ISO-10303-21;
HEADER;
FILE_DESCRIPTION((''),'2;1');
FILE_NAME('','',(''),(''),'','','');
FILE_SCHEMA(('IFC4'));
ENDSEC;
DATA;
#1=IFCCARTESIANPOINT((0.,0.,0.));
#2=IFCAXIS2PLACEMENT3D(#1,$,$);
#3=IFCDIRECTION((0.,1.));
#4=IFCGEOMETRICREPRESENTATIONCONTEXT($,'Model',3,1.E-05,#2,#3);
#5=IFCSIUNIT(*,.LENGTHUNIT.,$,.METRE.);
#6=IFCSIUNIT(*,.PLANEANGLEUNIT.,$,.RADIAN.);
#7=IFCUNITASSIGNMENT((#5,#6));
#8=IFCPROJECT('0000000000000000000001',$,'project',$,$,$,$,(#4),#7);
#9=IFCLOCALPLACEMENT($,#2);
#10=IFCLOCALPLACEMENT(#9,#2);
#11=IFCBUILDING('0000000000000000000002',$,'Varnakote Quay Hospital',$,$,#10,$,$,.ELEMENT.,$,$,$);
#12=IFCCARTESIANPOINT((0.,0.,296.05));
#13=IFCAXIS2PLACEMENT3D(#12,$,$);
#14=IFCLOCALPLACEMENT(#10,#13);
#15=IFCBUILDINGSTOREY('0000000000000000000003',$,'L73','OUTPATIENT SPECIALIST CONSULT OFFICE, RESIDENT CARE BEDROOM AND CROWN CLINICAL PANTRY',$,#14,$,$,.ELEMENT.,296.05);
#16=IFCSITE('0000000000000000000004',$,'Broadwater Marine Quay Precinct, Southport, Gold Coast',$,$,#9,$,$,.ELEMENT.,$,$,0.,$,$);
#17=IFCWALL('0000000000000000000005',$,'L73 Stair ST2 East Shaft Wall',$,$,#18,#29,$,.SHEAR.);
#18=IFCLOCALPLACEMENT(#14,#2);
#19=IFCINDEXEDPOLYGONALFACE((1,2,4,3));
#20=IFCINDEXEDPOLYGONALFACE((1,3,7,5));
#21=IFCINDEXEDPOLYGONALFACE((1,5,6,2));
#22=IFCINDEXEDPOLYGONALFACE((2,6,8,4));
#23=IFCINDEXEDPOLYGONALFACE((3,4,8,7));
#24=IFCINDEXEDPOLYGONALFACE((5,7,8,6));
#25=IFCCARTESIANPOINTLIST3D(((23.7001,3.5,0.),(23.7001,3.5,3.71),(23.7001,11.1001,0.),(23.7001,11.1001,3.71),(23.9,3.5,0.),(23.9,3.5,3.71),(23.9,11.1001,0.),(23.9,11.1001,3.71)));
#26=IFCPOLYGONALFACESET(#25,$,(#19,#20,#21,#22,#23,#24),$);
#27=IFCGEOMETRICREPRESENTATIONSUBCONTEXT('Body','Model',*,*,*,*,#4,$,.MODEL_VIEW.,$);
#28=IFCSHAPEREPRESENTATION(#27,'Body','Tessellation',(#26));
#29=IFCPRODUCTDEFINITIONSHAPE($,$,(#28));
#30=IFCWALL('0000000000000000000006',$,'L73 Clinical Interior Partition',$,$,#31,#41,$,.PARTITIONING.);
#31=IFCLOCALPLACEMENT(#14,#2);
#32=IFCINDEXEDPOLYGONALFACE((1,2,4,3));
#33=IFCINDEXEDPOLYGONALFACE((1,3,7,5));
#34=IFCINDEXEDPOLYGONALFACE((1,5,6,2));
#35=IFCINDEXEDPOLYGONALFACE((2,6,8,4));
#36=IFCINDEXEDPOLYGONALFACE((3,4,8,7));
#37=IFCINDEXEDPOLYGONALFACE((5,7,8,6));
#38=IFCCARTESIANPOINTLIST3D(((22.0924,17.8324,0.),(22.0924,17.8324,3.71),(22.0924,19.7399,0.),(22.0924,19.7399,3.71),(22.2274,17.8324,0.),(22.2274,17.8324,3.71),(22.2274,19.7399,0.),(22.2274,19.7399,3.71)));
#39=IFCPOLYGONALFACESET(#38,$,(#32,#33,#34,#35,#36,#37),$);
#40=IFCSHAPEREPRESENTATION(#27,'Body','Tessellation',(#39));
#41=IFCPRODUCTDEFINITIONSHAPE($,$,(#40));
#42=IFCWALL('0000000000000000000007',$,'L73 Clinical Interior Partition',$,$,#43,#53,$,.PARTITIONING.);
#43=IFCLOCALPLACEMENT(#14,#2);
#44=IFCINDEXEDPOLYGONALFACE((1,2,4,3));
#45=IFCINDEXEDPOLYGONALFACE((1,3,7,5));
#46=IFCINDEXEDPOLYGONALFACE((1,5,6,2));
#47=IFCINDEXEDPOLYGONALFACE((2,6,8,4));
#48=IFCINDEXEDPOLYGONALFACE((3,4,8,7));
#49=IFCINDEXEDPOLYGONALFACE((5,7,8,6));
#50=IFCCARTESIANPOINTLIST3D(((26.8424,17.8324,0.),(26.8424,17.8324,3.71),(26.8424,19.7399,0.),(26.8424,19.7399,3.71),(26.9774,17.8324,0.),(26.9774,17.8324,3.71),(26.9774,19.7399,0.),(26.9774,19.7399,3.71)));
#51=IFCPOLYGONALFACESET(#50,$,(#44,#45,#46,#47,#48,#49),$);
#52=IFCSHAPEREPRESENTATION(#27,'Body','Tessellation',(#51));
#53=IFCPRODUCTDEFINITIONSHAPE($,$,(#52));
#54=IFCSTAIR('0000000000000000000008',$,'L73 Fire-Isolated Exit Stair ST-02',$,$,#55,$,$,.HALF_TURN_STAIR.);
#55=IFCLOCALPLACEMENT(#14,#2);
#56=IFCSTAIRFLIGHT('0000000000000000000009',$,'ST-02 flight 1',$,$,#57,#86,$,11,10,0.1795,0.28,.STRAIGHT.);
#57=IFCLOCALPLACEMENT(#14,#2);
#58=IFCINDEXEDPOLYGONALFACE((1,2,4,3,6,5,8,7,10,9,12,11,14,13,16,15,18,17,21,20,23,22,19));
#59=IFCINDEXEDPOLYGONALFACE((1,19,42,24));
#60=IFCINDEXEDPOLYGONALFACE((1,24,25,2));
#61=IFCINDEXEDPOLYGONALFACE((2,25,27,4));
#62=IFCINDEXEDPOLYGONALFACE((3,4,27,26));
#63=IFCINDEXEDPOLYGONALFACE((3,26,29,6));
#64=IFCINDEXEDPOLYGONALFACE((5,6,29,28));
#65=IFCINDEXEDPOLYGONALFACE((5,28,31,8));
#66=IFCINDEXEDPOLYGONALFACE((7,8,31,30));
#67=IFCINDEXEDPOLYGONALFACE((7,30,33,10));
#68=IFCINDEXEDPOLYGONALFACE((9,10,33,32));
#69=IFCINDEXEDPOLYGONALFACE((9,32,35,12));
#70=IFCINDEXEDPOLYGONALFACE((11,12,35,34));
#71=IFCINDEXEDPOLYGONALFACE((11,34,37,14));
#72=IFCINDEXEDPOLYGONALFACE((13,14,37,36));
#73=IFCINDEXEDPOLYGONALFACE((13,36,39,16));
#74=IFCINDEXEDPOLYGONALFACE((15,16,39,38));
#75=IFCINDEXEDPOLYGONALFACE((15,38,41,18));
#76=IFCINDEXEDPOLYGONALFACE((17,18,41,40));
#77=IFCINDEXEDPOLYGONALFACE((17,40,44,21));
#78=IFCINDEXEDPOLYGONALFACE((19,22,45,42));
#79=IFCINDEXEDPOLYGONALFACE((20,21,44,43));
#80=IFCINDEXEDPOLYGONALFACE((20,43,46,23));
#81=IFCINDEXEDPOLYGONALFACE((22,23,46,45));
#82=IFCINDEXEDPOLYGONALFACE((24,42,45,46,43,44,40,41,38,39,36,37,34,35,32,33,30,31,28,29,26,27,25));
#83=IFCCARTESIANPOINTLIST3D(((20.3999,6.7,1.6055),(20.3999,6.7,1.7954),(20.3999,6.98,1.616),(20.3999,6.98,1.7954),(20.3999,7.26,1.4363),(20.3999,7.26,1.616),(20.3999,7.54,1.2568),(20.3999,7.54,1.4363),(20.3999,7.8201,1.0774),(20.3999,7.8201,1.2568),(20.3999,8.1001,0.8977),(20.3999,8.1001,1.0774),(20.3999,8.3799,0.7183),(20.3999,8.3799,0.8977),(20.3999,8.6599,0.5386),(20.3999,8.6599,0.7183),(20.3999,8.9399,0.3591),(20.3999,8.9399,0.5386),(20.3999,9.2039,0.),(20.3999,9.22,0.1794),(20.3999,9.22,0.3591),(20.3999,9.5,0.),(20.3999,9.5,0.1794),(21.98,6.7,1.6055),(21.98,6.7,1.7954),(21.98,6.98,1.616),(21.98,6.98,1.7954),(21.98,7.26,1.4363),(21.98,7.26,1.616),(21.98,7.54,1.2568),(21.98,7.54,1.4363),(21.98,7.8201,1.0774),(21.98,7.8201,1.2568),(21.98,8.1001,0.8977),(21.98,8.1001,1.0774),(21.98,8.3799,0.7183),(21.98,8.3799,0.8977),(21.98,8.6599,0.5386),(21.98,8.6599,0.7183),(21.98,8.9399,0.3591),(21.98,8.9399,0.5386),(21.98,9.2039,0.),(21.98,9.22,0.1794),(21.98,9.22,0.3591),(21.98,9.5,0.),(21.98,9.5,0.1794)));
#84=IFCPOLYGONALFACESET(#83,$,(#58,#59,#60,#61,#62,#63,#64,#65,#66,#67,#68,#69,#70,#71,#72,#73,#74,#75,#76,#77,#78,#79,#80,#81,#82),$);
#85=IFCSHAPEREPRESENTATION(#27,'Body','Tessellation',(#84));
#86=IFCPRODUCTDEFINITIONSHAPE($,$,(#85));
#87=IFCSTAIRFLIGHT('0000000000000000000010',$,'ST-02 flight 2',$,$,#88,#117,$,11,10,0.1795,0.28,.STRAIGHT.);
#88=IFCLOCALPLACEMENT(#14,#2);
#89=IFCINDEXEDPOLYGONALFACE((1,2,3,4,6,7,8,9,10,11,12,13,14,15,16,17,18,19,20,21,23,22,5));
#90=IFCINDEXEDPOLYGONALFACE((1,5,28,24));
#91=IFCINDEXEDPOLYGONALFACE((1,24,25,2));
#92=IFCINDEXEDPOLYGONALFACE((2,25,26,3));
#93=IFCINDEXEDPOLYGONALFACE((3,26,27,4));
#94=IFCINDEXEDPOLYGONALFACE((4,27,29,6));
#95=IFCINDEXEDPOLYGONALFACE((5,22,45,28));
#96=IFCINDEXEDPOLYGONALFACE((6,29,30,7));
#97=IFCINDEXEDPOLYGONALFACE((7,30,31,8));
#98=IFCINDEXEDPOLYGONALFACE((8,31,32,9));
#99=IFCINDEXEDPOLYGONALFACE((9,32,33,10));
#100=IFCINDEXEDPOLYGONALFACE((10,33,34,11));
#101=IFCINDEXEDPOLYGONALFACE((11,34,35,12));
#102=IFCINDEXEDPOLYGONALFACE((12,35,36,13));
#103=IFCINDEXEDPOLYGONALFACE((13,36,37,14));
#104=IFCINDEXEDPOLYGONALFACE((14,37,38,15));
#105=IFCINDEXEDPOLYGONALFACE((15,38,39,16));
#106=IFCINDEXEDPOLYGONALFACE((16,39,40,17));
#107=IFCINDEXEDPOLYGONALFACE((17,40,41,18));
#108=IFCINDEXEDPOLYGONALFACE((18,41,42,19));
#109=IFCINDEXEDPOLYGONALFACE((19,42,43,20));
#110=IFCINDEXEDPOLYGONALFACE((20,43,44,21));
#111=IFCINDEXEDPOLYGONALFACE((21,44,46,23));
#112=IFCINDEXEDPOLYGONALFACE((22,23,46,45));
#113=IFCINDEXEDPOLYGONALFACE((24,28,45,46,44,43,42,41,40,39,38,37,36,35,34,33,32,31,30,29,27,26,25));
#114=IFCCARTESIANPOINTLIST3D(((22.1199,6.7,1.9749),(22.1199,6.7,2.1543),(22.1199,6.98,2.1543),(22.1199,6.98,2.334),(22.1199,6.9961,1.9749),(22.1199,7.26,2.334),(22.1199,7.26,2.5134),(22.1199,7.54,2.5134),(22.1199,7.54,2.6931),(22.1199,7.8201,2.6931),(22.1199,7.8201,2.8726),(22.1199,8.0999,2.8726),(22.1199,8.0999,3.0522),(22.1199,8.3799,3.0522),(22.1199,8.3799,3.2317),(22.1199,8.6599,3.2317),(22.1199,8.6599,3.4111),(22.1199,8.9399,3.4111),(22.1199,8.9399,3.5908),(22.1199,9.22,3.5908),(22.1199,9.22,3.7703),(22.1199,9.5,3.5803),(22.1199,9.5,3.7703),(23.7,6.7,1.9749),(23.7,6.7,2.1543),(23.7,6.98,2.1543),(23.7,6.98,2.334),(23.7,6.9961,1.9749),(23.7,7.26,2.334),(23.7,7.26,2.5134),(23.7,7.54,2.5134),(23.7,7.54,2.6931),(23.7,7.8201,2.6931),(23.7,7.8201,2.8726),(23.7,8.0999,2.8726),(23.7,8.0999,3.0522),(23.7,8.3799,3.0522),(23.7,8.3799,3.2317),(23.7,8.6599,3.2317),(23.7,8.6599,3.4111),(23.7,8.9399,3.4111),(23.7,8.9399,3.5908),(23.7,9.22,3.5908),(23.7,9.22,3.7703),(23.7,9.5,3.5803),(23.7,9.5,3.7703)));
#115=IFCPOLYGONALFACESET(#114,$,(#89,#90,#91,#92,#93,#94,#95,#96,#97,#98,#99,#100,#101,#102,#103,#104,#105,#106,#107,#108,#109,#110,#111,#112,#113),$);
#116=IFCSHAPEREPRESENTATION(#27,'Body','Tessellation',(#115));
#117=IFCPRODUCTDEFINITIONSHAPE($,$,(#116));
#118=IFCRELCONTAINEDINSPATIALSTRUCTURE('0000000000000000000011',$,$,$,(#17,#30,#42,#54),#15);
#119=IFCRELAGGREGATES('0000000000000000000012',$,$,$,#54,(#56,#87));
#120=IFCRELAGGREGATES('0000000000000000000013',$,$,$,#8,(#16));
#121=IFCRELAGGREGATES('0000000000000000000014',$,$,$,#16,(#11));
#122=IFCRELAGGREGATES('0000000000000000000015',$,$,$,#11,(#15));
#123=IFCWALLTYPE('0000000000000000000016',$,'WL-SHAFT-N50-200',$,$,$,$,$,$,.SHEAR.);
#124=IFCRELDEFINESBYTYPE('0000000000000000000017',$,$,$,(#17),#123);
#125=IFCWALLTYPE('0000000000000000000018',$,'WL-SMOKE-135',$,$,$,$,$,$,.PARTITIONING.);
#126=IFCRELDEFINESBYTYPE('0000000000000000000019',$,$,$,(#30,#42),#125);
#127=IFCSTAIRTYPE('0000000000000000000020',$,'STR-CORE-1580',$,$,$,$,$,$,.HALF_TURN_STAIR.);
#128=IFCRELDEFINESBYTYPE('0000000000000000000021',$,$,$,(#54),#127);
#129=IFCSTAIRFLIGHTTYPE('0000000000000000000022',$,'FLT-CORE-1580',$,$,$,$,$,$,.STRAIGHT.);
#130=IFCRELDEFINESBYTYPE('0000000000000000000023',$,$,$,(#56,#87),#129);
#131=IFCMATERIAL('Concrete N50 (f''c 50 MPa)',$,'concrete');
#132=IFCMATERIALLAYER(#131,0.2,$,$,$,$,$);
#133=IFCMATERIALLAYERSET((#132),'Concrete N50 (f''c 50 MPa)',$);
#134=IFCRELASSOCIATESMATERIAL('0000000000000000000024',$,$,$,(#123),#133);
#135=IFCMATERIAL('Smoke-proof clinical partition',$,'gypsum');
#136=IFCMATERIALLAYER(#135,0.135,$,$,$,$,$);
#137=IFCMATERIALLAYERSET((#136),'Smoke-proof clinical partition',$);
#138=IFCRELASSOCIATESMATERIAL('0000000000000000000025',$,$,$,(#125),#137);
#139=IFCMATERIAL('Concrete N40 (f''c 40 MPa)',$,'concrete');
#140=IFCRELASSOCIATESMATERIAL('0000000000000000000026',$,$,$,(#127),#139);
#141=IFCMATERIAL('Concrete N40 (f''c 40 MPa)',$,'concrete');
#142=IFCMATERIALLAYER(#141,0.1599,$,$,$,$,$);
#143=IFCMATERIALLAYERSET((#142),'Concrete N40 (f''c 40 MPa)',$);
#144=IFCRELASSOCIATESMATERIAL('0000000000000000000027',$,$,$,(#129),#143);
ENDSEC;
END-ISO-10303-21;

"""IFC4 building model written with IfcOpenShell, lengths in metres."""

from ifc_helpers import new_model, si_unit, direction, frame, frame_2d, origin, place, context, subcontext, project, spatial, polyline, rectangle, outline, extrude, material, layer, layer_set, type_object, element, aggregate, save


model = new_model("IFC4")

# Units and contexts
model_context = context("Model", 3, precision=1e-05, world=origin(), true_north=direction((0.0, 1.0)))
body_context = subcontext(model_context, "Body", "Model", "MODEL_VIEW")
ifc_project = project(units=[si_unit("LENGTHUNIT", "METRE"), si_unit("PLANEANGLEUNIT", "RADIAN")], contexts=[model_context])

# Site, building, storey
site_placement = place(None, origin())
site = spatial("IfcSite", under=ifc_project, at=site_placement, Name="Broadwater Marine Quay Precinct, Southport, Gold Coast", CompositionType="ELEMENT", RefElevation=0.0)
building_placement = place(site_placement, origin())
building = spatial("IfcBuilding", under=site, at=building_placement, Name="Varnakote Quay Hospital", CompositionType="ELEMENT")
storey_placement = place(building_placement, frame((0.0, 0.0, 296.05)))
storey = spatial("IfcBuildingStorey", under=building, at=storey_placement, Name="L73", Description="OUTPATIENT SPECIALIST CONSULT OFFICE, RESIDENT CARE BEDROOM AND CROWN CLINICAL PANTRY", CompositionType="ELEMENT", Elevation=296.05)

# Walls
ifc_material_1 = material(Name="Concrete N50 (f'c 50 MPa)", Category="concrete")
ifc_layer_1 = layer(ifc_material_1, 0.2)
ifc_layer_set_1 = layer_set([ifc_layer_1], Name="Concrete N50 (f'c 50 MPa)")
wall_type_1 = type_object("IfcWallType", Name="WL-SHAFT-N50-200", PredefinedType="SHEAR", material=ifc_layer_set_1)
wall_1_placement = place(storey_placement, frame((23.8, 3.5, 0.0), z_axis=(0.0, 0.0, 1.0), x_axis=(0.0, 1.0, 0.0)))
element("IfcWall", 1, at=wall_1_placement, inside=storey, type_object=wall_type_1, Name="L73 Stair ST2 East Shaft Wall", PredefinedType="SHEAR", context=body_context, shape_type="SweptSolid", body=[
    extrude(rectangle(XDim=7.6001, YDim=0.2, at=frame_2d((3.8, 0.0))), origin(), (0.0, 0.0, 1.0), 3.71),
])
ifc_material_2 = material(Name="Smoke-proof clinical partition", Category="gypsum")
ifc_layer_2 = layer(ifc_material_2, 0.135)
ifc_layer_set_2 = layer_set([ifc_layer_2], Name="Smoke-proof clinical partition")
wall_type_2 = type_object("IfcWallType", Name="WL-SMOKE-135", PredefinedType="PARTITIONING", material=ifc_layer_set_2)
for number, where, z_axis, x_axis, name in (
    (2, (22.1599, 17.8325, 0.0), (0.0, 0.0, 1.0), (0.0, 1.0, 0.0), "L73 Clinical Interior Partition"),
    (3, (26.9099, 17.8325, 0.0), (0.0, 0.0, 1.0), (0.0, 1.0, 0.0), "L73 Clinical Interior Partition"),
):
    element("IfcWall", number, at=place(storey_placement, frame(where, z_axis=z_axis, x_axis=x_axis)), inside=storey, type_object=wall_type_2, Name=name, PredefinedType="PARTITIONING", context=body_context, shape_type="SweptSolid", body=[
        extrude(rectangle(XDim=1.9075, YDim=0.135, at=frame_2d((0.9536, 0.0))), origin(), (0.0, 0.0, 1.0), 3.71),
    ])

# Stair, stair flights
ifc_material_3 = material(Name="Concrete N40 (f'c 40 MPa)", Category="concrete")
stair_type = type_object("IfcStairType", Name="STR-CORE-1580", PredefinedType="HALF_TURN_STAIR", material=ifc_material_3)
stair_placement = place(storey_placement, origin())
stair = element("IfcStair", 4, at=stair_placement, inside=storey, type_object=stair_type, Name="L73 Fire-Isolated Exit Stair ST-02", PredefinedType="HALF_TURN_STAIR")
ifc_material_4 = material(Name="Concrete N40 (f'c 40 MPa)", Category="concrete")
ifc_layer_3 = layer(ifc_material_4, 0.1599)
ifc_layer_set_3 = layer_set([ifc_layer_3], Name="Concrete N40 (f'c 40 MPa)")
stair_flight_type = type_object("IfcStairFlightType", Name="FLT-CORE-1580", PredefinedType="STRAIGHT", material=ifc_layer_set_3)
stair_flight_1_placement = place(storey_placement, frame((21.1899, 9.5, 0.0), z_axis=(0.0, 0.0, 1.0), x_axis=(0.0, -1.0, 0.0)))
stair_flight_1 = element("IfcStairFlight", 5, at=stair_flight_1_placement, type_object=stair_flight_type, Name="ST-02 flight 1", NumberOfRisers=11, NumberOfTreads=10, PredefinedType="STRAIGHT", RiserHeight=0.1795, TreadLength=0.28, context=body_context, shape_type="SweptSolid", body=[
    extrude(outline(polyline([(0.0, 0.0), (0.0, 0.1794), (0.28, 0.1794), (0.28, 0.3591), (0.5601, 0.3591), (0.5601, 0.5386), (0.8401, 0.5386), (0.8401, 0.7183), (1.1201, 0.7183), (1.1201, 0.8977), (1.3999, 0.8977), (1.3999, 1.0774), (1.6799, 1.0774), (1.6799, 1.2568), (1.96, 1.2568), (1.96, 1.4363), (2.24, 1.4363), (2.24, 1.616), (2.52, 1.616), (2.52, 1.7954), (2.8, 1.7954), (2.8, 1.9751), (2.8, 1.6055), (0.2961, 0.0), (0.0, 0.0)])), frame((0.0, 0.79, 0.0), z_axis=(0.0, -1.0, 0.0), x_axis=(1.0, 0.0, 0.0)), (0.0, 0.0, 1.0), 1.5801),
])
stair_flight_2_placement = place(storey_placement, frame((22.9099, 6.7, 1.9749), z_axis=(0.0, 0.0, 1.0), x_axis=(0.0, 1.0, 0.0)))
stair_flight_2 = element("IfcStairFlight", 6, at=stair_flight_2_placement, type_object=stair_flight_type, Name="ST-02 flight 2", NumberOfRisers=11, NumberOfTreads=10, PredefinedType="STRAIGHT", RiserHeight=0.1795, TreadLength=0.28, context=body_context, shape_type="SweptSolid", body=[
    extrude(outline(polyline([(0.0, 0.0), (0.0, 0.1794), (0.28, 0.1794), (0.28, 0.3591), (0.5601, 0.3591), (0.5601, 0.5386), (0.8401, 0.5386), (0.8401, 0.7183), (1.1201, 0.7183), (1.1201, 0.8977), (1.3999, 0.8977), (1.3999, 1.0774), (1.6799, 1.0774), (1.6799, 1.2568), (1.96, 1.2568), (1.96, 1.4363), (2.24, 1.4363), (2.24, 1.616), (2.52, 1.616), (2.52, 1.7954), (2.8, 1.7954), (2.8, 1.9751), (2.8, 1.6055), (0.2961, 0.0), (0.0, 0.0)])), frame((0.0, 0.79, 0.0), z_axis=(0.0, -1.0, 0.0), x_axis=(1.0, 0.0, 0.0)), (0.0, 0.0, 1.0), 1.5801),
])
aggregate(stair, [stair_flight_1, stair_flight_2])

save(model, "model.ifc")
